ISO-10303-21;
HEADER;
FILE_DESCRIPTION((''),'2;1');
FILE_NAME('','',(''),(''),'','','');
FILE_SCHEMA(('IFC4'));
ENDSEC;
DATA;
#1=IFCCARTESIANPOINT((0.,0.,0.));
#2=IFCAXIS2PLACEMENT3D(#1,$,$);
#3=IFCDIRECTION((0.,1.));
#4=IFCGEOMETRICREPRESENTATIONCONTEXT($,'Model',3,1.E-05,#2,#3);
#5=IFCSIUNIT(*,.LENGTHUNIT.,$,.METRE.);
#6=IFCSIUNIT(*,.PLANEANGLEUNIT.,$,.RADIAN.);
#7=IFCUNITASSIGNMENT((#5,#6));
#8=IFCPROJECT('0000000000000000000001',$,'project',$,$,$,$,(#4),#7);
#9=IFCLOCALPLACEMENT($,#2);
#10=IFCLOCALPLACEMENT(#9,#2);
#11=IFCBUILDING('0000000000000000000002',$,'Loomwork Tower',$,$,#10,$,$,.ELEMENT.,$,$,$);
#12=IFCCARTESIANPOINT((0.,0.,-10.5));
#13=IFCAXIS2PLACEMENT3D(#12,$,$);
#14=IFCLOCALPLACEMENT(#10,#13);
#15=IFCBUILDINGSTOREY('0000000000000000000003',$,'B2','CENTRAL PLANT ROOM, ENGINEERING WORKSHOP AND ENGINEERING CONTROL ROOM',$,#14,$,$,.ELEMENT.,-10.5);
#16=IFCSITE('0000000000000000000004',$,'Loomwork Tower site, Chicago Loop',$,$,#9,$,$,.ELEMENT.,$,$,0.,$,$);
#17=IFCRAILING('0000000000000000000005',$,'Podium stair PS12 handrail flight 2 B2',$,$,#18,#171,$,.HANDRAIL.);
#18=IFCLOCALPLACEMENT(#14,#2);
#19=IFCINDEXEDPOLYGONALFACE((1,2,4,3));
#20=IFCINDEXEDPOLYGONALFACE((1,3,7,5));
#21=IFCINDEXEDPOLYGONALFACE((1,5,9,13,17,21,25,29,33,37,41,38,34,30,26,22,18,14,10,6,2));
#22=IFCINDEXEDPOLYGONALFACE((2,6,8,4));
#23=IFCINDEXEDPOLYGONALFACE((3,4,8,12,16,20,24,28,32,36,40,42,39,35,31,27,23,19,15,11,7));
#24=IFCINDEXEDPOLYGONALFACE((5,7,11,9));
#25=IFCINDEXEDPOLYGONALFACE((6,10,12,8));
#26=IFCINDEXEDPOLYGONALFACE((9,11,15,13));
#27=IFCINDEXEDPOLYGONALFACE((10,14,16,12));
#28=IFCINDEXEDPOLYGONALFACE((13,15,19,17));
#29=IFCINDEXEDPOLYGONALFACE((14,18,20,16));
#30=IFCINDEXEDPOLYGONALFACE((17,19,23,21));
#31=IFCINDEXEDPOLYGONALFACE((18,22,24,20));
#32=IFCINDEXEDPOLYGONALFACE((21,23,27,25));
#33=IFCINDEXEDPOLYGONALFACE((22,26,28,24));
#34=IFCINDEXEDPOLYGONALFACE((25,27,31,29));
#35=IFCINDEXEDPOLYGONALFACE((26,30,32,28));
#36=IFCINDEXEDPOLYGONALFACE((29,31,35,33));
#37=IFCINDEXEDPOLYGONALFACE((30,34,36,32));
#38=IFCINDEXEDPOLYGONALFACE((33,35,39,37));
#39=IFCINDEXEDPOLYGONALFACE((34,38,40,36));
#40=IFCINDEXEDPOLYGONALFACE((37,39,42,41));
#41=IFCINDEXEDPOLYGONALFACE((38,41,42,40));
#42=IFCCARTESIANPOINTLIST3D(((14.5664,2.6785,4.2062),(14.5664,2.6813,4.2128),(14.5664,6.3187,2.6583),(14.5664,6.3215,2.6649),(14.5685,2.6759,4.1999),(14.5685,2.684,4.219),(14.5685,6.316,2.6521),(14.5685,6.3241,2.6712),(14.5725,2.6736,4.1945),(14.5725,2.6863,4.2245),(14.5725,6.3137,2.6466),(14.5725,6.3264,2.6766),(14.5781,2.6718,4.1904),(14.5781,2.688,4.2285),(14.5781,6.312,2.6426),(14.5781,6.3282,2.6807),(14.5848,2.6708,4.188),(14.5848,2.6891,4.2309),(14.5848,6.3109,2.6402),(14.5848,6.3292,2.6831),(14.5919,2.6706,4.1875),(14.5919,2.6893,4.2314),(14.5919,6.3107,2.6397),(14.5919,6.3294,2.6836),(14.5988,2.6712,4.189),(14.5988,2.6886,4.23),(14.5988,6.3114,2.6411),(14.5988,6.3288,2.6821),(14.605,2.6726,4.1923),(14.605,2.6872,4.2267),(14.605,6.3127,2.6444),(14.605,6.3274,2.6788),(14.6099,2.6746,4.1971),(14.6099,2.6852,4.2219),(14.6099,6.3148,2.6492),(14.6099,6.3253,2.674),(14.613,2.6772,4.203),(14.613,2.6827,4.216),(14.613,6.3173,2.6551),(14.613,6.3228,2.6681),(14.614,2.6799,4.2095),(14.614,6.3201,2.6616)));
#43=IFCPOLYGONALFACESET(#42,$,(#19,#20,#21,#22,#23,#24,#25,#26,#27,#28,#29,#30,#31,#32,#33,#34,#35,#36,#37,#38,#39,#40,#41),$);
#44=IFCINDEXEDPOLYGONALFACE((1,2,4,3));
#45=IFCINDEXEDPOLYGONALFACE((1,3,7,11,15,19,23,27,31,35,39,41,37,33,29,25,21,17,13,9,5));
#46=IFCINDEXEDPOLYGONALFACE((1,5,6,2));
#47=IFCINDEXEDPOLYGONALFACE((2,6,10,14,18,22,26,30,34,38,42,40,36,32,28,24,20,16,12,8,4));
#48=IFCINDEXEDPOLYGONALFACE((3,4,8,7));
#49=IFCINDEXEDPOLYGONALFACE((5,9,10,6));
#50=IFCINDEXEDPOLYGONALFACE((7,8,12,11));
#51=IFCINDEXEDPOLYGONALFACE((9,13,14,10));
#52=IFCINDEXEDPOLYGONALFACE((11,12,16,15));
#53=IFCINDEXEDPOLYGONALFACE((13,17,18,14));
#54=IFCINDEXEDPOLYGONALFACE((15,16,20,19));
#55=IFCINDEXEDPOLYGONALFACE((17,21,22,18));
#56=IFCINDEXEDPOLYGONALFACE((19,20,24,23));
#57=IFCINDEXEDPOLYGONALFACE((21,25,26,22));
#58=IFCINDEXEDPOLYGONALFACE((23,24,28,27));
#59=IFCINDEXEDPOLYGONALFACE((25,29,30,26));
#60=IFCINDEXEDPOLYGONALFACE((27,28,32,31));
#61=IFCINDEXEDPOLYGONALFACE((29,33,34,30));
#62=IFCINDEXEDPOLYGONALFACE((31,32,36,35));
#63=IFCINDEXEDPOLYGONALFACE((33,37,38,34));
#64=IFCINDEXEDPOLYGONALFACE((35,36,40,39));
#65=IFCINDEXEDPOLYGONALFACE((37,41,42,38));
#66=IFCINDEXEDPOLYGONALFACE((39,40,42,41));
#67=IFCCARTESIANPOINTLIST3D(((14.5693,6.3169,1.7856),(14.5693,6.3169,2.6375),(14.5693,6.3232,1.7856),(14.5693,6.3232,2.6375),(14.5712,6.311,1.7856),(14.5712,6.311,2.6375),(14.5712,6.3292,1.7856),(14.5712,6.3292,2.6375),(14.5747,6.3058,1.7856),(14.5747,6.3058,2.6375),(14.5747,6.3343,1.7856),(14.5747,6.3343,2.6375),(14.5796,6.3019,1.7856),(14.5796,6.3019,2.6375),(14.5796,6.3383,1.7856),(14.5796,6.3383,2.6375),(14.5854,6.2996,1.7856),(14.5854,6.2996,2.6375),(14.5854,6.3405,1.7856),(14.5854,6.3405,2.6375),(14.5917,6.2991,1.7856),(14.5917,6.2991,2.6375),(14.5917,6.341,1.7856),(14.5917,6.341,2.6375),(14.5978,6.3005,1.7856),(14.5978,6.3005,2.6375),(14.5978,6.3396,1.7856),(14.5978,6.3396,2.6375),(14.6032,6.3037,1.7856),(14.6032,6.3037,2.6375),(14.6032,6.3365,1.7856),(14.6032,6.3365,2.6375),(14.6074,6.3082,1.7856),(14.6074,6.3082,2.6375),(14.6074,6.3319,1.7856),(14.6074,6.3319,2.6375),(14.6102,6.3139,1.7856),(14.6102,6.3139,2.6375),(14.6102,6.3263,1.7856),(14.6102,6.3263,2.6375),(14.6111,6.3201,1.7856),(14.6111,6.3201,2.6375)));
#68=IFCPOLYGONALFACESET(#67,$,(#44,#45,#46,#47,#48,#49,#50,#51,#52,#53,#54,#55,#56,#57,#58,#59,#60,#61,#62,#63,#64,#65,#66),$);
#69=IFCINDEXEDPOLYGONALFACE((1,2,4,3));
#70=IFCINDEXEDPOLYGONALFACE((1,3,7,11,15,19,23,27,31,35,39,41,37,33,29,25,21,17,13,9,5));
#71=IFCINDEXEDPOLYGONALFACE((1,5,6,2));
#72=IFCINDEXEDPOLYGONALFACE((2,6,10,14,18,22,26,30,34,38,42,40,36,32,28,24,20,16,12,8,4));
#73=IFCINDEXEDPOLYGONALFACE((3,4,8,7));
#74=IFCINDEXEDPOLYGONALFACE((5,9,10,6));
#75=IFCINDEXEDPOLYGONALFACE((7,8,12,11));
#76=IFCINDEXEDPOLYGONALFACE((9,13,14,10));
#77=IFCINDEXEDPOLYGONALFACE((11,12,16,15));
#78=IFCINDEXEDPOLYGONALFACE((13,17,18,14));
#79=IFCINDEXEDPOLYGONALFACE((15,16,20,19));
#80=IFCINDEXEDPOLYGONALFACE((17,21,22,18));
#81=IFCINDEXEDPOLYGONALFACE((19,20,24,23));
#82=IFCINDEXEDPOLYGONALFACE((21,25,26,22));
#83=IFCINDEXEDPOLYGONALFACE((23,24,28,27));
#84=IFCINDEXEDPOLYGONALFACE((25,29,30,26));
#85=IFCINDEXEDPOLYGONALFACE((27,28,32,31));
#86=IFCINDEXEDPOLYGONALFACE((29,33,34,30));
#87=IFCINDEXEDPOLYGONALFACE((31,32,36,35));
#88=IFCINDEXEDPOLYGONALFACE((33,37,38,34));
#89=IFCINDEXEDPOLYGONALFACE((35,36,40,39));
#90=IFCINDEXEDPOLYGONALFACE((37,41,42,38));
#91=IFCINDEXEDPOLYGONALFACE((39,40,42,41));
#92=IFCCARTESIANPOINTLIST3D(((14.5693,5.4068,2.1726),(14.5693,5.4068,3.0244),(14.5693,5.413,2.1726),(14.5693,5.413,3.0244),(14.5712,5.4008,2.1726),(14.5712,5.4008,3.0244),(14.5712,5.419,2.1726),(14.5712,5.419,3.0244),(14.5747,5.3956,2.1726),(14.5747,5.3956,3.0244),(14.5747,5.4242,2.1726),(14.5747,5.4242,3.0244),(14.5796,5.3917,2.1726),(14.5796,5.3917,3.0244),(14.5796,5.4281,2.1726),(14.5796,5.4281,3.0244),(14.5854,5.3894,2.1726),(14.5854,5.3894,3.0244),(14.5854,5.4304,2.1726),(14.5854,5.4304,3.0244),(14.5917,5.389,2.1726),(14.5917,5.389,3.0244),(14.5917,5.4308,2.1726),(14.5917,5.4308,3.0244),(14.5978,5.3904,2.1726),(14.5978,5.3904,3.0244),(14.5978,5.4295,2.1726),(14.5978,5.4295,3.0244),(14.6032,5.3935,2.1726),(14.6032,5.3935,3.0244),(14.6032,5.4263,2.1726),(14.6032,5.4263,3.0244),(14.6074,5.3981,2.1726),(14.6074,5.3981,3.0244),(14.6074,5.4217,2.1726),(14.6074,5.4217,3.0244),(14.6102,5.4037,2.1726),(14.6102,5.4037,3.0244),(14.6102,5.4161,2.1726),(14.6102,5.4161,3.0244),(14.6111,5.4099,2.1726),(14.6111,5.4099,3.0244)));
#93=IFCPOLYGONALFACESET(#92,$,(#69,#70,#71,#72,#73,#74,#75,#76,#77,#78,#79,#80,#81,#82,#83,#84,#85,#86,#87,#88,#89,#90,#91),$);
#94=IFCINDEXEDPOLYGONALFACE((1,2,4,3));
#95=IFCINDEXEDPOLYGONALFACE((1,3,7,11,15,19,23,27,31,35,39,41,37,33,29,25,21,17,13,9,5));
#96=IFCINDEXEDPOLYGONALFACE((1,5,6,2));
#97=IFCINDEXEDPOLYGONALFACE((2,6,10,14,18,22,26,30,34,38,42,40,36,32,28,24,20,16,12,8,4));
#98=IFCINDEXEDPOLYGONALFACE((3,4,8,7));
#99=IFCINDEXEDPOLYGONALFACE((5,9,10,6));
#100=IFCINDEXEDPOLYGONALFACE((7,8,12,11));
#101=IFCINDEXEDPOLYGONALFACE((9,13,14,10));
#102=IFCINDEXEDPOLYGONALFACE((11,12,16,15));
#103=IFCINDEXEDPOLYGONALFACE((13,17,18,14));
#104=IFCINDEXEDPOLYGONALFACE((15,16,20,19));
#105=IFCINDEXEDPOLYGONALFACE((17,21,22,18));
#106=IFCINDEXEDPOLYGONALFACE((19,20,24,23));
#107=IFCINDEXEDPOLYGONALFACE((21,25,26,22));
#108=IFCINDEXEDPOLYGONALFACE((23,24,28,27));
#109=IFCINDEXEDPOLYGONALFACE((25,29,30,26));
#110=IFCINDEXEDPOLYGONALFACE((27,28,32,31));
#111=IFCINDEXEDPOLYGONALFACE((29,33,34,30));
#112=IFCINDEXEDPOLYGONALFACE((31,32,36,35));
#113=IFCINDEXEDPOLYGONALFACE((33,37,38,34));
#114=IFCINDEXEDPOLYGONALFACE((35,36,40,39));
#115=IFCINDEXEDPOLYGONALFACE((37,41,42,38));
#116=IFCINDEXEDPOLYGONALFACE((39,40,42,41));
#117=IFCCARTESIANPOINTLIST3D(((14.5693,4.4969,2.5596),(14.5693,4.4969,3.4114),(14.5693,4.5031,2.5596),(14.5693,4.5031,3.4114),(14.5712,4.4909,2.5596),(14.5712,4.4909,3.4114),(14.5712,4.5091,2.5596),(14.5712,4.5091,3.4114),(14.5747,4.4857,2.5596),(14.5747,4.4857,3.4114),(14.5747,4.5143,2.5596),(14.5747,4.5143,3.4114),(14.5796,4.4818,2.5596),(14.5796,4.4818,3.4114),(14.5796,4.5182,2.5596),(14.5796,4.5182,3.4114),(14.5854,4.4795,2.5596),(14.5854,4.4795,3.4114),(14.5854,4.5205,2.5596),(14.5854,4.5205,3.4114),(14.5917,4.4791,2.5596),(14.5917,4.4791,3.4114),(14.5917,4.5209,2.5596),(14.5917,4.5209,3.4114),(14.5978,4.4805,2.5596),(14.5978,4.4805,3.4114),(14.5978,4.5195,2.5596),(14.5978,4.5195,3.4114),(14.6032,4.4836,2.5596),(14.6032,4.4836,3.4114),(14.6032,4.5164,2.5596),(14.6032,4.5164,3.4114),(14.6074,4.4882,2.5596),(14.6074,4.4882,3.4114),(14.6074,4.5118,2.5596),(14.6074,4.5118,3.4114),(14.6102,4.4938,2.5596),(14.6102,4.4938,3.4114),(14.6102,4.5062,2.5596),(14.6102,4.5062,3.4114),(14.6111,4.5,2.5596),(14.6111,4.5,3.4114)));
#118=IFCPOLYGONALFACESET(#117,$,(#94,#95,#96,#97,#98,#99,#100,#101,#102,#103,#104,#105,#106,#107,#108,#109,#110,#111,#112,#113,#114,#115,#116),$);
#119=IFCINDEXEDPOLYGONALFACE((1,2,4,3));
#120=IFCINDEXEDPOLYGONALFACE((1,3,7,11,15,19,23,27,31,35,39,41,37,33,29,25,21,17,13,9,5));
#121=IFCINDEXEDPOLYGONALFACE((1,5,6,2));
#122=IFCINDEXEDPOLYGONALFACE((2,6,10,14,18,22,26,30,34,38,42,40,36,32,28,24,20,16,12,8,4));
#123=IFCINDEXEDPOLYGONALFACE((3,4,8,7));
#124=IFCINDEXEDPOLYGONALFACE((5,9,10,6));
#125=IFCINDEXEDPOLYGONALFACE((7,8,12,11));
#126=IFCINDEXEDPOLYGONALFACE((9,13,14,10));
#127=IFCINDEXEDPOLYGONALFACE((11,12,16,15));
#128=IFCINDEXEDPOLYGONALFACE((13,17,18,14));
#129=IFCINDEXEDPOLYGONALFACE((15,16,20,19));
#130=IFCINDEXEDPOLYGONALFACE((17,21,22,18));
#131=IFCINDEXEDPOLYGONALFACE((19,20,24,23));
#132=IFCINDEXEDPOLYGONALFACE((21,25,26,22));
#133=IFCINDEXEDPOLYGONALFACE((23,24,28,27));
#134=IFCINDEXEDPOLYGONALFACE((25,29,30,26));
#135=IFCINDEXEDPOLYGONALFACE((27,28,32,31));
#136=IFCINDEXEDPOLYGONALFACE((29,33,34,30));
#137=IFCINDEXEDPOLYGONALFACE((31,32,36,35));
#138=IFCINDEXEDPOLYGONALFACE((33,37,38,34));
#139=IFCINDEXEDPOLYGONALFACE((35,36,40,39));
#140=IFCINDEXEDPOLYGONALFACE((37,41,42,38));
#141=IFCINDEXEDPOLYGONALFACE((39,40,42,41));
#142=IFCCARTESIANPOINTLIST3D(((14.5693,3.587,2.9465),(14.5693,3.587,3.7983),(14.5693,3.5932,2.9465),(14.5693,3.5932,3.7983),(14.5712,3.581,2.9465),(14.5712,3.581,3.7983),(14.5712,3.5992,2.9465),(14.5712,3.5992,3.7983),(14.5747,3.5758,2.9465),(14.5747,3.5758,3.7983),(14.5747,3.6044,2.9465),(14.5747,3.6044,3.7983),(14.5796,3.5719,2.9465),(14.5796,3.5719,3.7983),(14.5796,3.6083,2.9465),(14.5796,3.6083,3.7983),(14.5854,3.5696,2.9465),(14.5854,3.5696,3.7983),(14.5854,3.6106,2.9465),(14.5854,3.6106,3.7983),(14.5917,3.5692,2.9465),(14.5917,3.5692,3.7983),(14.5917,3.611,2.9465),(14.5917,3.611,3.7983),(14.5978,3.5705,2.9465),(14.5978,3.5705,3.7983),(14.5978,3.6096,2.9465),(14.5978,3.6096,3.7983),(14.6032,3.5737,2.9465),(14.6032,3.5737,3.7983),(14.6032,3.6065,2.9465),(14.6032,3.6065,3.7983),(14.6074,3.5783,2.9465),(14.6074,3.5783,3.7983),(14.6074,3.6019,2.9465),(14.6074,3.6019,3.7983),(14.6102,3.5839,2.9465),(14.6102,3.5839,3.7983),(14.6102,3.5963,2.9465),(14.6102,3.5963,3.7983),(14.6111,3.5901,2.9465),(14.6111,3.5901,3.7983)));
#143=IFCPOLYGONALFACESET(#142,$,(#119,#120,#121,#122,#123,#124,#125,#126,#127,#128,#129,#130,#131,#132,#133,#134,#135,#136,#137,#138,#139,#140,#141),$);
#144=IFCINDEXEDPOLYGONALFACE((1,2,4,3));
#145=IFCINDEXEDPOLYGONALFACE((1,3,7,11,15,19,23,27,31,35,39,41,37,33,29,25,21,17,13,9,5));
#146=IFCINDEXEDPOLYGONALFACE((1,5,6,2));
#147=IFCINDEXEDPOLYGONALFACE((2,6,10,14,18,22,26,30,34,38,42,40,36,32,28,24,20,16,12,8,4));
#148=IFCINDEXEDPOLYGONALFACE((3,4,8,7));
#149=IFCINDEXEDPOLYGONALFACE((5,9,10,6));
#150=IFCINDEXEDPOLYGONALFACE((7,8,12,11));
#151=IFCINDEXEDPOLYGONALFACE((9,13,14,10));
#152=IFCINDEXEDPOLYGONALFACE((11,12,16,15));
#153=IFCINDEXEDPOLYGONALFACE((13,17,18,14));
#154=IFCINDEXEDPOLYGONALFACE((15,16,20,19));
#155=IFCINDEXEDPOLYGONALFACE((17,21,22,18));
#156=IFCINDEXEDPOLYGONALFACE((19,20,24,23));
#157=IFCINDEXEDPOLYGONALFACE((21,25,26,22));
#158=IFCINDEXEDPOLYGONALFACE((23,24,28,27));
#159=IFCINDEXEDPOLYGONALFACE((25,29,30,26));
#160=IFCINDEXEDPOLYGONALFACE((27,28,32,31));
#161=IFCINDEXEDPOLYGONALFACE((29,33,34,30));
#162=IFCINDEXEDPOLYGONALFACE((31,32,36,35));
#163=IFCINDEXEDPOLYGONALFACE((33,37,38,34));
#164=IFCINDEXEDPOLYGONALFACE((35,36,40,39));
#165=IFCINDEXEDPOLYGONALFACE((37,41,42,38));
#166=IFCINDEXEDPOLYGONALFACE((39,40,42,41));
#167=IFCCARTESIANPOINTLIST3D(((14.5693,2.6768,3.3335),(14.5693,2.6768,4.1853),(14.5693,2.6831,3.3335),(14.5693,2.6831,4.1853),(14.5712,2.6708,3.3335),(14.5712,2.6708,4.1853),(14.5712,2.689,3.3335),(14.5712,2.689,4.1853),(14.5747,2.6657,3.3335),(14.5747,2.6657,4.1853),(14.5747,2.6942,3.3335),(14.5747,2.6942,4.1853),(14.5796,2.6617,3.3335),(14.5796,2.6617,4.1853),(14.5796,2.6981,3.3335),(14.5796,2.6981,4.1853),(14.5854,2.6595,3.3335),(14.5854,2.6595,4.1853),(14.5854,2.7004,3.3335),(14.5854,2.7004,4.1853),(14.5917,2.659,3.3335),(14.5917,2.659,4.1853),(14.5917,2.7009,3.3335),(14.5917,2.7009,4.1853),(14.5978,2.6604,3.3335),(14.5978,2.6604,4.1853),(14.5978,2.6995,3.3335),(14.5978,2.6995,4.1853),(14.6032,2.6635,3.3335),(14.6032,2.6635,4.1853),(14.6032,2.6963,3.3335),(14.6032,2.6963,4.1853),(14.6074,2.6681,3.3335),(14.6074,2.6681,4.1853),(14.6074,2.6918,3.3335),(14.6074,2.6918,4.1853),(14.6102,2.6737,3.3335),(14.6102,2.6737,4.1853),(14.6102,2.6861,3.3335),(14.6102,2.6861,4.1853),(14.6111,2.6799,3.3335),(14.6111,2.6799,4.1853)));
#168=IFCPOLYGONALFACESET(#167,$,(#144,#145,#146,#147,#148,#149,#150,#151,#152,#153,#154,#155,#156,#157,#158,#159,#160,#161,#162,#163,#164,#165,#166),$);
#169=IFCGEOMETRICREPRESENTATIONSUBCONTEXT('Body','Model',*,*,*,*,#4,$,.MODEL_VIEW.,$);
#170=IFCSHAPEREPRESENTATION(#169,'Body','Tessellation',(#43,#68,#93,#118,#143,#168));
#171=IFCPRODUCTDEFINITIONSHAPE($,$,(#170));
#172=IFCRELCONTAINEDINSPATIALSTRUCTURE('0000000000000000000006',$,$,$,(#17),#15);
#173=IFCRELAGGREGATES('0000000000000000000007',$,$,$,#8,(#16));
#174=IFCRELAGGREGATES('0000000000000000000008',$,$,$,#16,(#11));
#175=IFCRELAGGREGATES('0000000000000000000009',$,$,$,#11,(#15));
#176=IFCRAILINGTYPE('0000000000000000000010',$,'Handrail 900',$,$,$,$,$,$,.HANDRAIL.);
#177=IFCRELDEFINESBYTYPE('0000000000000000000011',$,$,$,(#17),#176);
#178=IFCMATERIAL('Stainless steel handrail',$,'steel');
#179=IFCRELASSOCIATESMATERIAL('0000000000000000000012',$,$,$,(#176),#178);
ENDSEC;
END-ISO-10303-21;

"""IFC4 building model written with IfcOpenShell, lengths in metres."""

from ifc_helpers import new_model, si_unit, direction, frame, origin, origin_2d, place, context, subcontext, project, spatial, circle, extrude, material, type_object, element, save


model = new_model("IFC4")

# Units and contexts
model_context = context("Model", 3, precision=1e-05, world=origin(), true_north=direction((0.0, 1.0)))
body_context = subcontext(model_context, "Body", "Model", "MODEL_VIEW")
ifc_project = project(units=[si_unit("LENGTHUNIT", "METRE"), si_unit("PLANEANGLEUNIT", "RADIAN")], contexts=[model_context])

# Site, building, storey
site_placement = place(None, origin())
site = spatial("IfcSite", under=ifc_project, at=site_placement, Name="Loomwork Tower site, Chicago Loop", CompositionType="ELEMENT", RefElevation=0.0)
building_placement = place(site_placement, origin())
building = spatial("IfcBuilding", under=site, at=building_placement, Name="Loomwork Tower", CompositionType="ELEMENT")
storey_placement = place(building_placement, frame((0.0, 0.0, -10.5)))
storey = spatial("IfcBuildingStorey", under=building, at=storey_placement, Name="B2", Description="CENTRAL PLANT ROOM, ENGINEERING WORKSHOP AND ENGINEERING CONTROL ROOM", CompositionType="ELEMENT", Elevation=-10.5)

# Railing
ifc_material_1 = material(Name="Stainless steel handrail", Category="steel")
railing_type = type_object("IfcRailingType", Name="Handrail 900", PredefinedType="HANDRAIL", material=ifc_material_1)
railing_placement = place(storey_placement, frame((14.5901, 6.3201, 1.7856)))
element("IfcRailing", 1, at=railing_placement, inside=storey, type_object=railing_type, Name="Podium stair PS12 handrail flight 2 B2", PredefinedType="HANDRAIL", context=body_context, shape_type="SweptSolid", body=[
    extrude(circle(Radius=0.0239, at=origin_2d()), frame((0.0, 0.0, 0.876), z_axis=(0.0, -0.920259, 0.391311), x_axis=(1.0, 0.0, 0.0)), (0.0, 0.0, 1.0), 3.9556),
    extrude(circle(Radius=0.021, at=origin_2d()), origin(), (0.0, 0.0, 1.0), 0.8518),
    extrude(circle(Radius=0.021, at=origin_2d()), frame((0.0, -0.9102, 0.387)), (0.0, 0.0, 1.0), 0.8518),
    extrude(circle(Radius=0.021, at=origin_2d()), frame((0.0, -1.8201, 0.7739)), (0.0, 0.0, 1.0), 0.8518),
    extrude(circle(Radius=0.021, at=origin_2d()), frame((0.0, -2.73, 1.1609)), (0.0, 0.0, 1.0), 0.8518),
    extrude(circle(Radius=0.021, at=origin_2d()), frame((0.0, -3.6401, 1.5479)), (0.0, 0.0, 1.0), 0.8518),
])

save(model, "model.ifc")
